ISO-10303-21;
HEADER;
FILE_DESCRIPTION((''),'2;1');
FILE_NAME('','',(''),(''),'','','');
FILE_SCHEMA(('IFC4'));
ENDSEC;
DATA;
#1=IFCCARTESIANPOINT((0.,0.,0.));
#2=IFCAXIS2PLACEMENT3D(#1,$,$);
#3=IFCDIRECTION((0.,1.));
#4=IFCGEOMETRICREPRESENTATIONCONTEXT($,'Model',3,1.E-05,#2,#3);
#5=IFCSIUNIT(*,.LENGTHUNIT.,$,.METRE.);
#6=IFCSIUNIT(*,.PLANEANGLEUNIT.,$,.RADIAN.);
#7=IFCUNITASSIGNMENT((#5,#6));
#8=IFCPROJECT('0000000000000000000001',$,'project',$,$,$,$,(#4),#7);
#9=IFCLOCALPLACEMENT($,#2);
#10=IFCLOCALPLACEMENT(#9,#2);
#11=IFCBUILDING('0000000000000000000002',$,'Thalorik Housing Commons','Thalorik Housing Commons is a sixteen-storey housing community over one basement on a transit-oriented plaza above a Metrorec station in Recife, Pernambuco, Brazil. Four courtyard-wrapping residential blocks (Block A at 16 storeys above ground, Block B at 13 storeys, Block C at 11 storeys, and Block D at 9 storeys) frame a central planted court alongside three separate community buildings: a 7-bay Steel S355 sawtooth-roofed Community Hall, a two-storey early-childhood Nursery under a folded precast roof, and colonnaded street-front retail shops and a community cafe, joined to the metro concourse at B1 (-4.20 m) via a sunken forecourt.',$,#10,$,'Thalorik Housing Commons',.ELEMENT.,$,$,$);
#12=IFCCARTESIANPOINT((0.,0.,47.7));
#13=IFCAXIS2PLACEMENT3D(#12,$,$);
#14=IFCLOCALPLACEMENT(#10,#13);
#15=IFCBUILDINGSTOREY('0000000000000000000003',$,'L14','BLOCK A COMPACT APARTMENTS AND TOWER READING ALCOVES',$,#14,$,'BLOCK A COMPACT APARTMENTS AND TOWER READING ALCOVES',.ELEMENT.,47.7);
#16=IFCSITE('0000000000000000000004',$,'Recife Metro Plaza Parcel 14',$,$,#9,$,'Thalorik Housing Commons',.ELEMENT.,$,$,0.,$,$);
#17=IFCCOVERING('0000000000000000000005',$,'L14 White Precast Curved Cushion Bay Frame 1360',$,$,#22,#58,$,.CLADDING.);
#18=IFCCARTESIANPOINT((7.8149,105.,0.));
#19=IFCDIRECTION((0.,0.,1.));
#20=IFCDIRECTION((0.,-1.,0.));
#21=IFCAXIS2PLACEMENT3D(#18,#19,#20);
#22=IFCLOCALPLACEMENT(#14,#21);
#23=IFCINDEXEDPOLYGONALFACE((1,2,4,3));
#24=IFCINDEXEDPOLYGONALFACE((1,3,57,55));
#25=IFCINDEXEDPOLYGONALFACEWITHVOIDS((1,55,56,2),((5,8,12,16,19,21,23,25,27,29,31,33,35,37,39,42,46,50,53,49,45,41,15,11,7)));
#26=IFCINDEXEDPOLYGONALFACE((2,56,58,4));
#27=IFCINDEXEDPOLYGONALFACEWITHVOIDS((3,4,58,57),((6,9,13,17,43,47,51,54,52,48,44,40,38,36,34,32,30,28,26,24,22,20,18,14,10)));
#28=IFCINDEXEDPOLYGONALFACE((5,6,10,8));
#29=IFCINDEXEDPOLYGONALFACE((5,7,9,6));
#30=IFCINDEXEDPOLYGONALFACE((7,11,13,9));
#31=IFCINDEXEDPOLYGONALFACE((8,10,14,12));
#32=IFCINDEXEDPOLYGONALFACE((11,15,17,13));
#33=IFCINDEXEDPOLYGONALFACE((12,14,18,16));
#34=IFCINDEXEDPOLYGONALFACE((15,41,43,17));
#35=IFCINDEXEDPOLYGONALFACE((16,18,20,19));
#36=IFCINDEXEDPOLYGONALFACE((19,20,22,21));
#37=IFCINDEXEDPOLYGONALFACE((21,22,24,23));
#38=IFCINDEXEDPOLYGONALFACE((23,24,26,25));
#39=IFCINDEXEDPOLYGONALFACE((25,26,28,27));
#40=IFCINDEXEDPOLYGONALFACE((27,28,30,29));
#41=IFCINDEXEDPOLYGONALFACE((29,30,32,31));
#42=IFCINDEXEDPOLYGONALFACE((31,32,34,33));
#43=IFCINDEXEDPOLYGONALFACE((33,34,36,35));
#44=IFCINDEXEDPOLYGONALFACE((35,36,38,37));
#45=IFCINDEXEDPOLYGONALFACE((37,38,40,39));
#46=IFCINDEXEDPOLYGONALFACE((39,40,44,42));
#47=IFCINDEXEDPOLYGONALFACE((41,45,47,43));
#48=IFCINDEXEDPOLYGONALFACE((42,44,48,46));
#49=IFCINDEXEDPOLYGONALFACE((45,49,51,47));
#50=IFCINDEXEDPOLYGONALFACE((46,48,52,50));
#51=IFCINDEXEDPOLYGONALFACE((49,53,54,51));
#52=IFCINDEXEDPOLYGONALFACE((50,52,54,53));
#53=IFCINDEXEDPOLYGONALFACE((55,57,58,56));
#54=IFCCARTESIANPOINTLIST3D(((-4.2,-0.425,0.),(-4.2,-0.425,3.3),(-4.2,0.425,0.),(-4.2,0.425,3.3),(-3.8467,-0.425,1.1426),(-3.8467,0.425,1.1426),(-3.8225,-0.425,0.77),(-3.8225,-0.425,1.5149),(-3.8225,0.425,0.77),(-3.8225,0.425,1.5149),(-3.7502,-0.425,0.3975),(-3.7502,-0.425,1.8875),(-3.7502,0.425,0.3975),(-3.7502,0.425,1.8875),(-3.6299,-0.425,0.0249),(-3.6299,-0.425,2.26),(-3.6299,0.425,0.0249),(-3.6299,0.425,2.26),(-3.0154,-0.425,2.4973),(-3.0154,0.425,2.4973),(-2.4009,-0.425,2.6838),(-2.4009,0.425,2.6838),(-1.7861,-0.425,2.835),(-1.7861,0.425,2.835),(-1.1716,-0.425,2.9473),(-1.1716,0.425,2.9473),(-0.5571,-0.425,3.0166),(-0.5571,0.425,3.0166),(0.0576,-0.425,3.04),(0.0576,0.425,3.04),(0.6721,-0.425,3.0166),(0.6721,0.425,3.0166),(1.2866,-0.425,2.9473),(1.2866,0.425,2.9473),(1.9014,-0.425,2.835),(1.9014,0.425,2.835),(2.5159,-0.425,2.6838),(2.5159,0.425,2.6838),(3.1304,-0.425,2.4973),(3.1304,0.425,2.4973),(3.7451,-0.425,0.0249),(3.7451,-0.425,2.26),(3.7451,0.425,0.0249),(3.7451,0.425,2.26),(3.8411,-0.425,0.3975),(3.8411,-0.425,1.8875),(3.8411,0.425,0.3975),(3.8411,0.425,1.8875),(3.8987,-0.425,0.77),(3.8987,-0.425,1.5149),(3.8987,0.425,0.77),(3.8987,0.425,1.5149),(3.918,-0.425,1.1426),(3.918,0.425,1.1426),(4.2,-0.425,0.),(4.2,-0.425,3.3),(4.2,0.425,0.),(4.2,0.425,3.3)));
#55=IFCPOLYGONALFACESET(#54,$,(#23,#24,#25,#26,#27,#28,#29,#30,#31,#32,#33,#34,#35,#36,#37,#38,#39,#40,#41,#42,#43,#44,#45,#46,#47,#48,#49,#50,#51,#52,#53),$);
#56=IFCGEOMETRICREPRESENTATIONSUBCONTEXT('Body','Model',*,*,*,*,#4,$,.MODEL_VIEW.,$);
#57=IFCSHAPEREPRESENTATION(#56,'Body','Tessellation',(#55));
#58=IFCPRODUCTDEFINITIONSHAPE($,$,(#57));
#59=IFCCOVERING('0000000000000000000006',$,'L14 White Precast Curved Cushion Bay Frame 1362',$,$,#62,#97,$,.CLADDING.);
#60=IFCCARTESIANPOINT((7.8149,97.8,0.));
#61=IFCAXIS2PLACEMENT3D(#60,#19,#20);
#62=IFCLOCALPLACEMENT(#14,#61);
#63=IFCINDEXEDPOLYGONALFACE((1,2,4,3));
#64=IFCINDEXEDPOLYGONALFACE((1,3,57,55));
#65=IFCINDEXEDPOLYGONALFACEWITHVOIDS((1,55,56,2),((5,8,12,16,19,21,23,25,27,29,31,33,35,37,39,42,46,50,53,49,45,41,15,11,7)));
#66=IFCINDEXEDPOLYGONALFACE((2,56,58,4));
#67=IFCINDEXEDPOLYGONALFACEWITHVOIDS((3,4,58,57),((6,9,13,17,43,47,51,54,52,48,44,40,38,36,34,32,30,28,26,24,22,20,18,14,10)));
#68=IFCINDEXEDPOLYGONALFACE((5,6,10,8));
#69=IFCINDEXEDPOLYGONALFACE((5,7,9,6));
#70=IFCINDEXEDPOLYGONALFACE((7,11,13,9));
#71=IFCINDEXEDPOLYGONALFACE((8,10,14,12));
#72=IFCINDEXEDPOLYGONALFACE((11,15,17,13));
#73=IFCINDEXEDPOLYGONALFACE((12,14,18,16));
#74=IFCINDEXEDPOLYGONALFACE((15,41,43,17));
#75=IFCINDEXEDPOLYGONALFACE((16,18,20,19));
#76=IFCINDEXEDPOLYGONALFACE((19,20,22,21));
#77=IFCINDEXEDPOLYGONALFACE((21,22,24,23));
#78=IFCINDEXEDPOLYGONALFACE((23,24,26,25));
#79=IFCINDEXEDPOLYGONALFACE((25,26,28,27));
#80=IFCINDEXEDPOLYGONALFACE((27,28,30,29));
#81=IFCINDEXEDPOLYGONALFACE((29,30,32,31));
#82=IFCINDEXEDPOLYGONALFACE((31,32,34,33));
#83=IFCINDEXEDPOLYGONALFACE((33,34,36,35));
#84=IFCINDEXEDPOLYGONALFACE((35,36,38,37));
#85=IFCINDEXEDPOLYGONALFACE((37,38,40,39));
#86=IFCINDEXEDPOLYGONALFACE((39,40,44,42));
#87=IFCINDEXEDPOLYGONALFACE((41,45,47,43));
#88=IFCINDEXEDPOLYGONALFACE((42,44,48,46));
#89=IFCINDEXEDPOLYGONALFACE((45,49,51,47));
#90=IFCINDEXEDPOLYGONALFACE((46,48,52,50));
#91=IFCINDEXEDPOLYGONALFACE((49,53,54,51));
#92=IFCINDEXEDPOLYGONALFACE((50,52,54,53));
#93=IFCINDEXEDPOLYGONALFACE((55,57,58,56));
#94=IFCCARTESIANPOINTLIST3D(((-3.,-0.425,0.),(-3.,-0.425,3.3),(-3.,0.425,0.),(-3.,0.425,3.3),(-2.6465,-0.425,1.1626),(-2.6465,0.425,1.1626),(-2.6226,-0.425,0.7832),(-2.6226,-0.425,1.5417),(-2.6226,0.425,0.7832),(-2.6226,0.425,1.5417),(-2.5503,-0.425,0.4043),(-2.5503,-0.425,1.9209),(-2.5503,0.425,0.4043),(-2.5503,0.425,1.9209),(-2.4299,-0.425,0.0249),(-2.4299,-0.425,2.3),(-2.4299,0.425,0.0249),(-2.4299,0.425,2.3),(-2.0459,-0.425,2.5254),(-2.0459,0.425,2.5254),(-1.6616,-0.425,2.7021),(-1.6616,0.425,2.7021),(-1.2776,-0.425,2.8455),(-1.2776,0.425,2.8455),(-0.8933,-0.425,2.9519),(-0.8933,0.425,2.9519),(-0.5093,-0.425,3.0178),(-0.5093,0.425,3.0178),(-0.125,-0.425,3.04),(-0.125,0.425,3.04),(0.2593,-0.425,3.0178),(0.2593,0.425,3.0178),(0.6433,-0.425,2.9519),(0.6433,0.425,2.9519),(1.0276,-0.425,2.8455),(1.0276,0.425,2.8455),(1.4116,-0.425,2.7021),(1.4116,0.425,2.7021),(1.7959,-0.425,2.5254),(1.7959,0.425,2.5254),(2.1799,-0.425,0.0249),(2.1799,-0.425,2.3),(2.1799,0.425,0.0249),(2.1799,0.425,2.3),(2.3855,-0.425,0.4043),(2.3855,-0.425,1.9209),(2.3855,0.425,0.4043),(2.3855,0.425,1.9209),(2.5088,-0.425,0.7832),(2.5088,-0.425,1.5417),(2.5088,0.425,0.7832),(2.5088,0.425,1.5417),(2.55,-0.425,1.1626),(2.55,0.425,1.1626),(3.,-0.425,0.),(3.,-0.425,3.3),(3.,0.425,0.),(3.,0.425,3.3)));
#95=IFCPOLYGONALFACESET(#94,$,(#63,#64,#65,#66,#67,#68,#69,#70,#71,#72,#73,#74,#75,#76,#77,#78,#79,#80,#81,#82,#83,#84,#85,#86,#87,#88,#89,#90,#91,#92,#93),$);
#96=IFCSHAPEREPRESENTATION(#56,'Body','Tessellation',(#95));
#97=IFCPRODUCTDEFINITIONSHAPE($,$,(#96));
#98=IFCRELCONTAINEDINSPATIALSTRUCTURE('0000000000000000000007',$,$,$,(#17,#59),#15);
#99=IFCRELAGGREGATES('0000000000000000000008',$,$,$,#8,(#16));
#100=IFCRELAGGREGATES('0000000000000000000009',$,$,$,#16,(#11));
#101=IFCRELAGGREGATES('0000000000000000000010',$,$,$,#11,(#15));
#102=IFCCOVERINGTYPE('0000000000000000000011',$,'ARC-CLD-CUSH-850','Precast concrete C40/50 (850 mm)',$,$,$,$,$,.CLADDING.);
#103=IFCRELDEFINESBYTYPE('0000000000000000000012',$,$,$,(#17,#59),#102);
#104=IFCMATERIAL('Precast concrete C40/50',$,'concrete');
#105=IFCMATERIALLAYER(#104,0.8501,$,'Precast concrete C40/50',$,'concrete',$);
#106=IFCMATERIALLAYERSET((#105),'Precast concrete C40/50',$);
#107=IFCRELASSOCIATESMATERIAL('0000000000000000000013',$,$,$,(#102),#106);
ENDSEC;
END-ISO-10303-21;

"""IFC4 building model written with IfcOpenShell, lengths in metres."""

from ifc_helpers import new_model, si_unit, direction, frame, origin, place, context, subcontext, project, spatial, polyline, outline, extrude, material, layer, layer_set, type_object, element, save


model = new_model("IFC4")

# Units and contexts
model_context = context("Model", 3, precision=1e-05, world=origin(), true_north=direction((0.0, 1.0)))
body_context = subcontext(model_context, "Body", "Model", "MODEL_VIEW")
ifc_project = project(units=[si_unit("LENGTHUNIT", "METRE"), si_unit("PLANEANGLEUNIT", "RADIAN")], contexts=[model_context])

# Site, building, storey
site_placement = place(None, origin())
site = spatial("IfcSite", under=ifc_project, at=site_placement, Name="Recife Metro Plaza Parcel 14", LongName="Thalorik Housing Commons", CompositionType="ELEMENT", RefElevation=0.0)
building_placement = place(site_placement, origin())
building = spatial("IfcBuilding", under=site, at=building_placement, Name="Thalorik Housing Commons", Description="Thalorik Housing Commons is a sixteen-storey housing community over one basement on a transit-oriented plaza above a Metrorec station in Recife, Pernambuco, Brazil. Four courtyard-wrapping residential blocks (Block A at 16 storeys above ground, Block B at 13 storeys, Block C at 11 storeys, and Block D at 9 storeys) frame a central planted court alongside three separate community buildings: a 7-bay Steel S355 sawtooth-roofed Community Hall, a two-storey early-childhood Nursery under a folded precast roof, and colonnaded street-front retail shops and a community cafe, joined to the metro concourse at B1 (-4.20 m) via a sunken forecourt.", LongName="Thalorik Housing Commons", CompositionType="ELEMENT")
storey_placement = place(building_placement, frame((0.0, 0.0, 47.7)))
storey = spatial("IfcBuildingStorey", under=building, at=storey_placement, Name="L14", Description="BLOCK A COMPACT APARTMENTS AND TOWER READING ALCOVES", LongName="BLOCK A COMPACT APARTMENTS AND TOWER READING ALCOVES", CompositionType="ELEMENT", Elevation=47.7)

# Shared definitions
ifc_material_1 = material(Name="Precast concrete C40/50", Category="concrete")

# Coverings
ifc_layer_1 = layer(ifc_material_1, 0.8501, Name="Precast concrete C40/50", Category="concrete")
ifc_layer_set_1 = layer_set([ifc_layer_1], Name="Precast concrete C40/50")
covering_type_1 = type_object("IfcCoveringType", Name="ARC-CLD-CUSH-850", Description="Precast concrete C40/50 (850 mm)", PredefinedType="CLADDING", material=ifc_layer_set_1)
covering_1_placement = place(storey_placement, frame((7.8149, 105.0, 0.0), z_axis=(0.0, 0.0, 1.0), x_axis=(0.0, -1.0, 0.0)))
element("IfcCovering", 1, at=covering_1_placement, inside=storey, type_object=covering_type_1, Name="L14 White Precast Curved Cushion Bay Frame 1360", PredefinedType="CLADDING", context=body_context, shape_type="SweptSolid", body=[
    extrude(outline(polyline([(-4.2, 0.0), (4.2, 0.0), (4.2, 3.3), (-4.2, 3.3), (-4.2, 0.0)]), holes=[polyline([(3.7451, 0.0249), (3.8411, 0.3975), (3.8987, 0.77), (3.918, 1.1426), (3.8987, 1.5149), (3.8411, 1.8875), (3.7451, 2.26), (3.1304, 2.4973), (2.5159, 2.6838), (1.9014, 2.835), (1.2866, 2.9473), (0.6721, 3.0166), (0.0576, 3.04), (-0.5571, 3.0166), (-1.1716, 2.9473), (-1.7861, 2.835), (-2.4009, 2.6838), (-3.0154, 2.4973), (-3.6299, 2.26), (-3.7502, 1.8875), (-3.8225, 1.5149), (-3.8467, 1.1426), (-3.8225, 0.77), (-3.7502, 0.3975), (-3.6299, 0.0249), (3.7451, 0.0249)])]), frame((0.0, 0.425, 0.0), z_axis=(0.0, -1.0, 0.0), x_axis=(1.0, 0.0, 0.0)), (0.0, 0.0, 1.0), 0.8501),
])
covering_2_placement = place(storey_placement, frame((7.8149, 97.8, 0.0), z_axis=(0.0, 0.0, 1.0), x_axis=(0.0, -1.0, 0.0)))
element("IfcCovering", 2, at=covering_2_placement, inside=storey, type_object=covering_type_1, Name="L14 White Precast Curved Cushion Bay Frame 1362", PredefinedType="CLADDING", context=body_context, shape_type="SweptSolid", body=[
    extrude(outline(polyline([(-3.0, 0.0), (3.0, 0.0), (3.0, 3.3), (-3.0, 3.3), (-3.0, 0.0)]), holes=[polyline([(2.1799, 0.0249), (2.3855, 0.4043), (2.5088, 0.7832), (2.55, 1.1626), (2.5088, 1.5417), (2.3855, 1.9209), (2.1799, 2.3), (1.7959, 2.5254), (1.4116, 2.7021), (1.0276, 2.8455), (0.6433, 2.9519), (0.2593, 3.0178), (-0.125, 3.04), (-0.5093, 3.0178), (-0.8933, 2.9519), (-1.2776, 2.8455), (-1.6616, 2.7021), (-2.0459, 2.5254), (-2.4299, 2.3), (-2.5503, 1.9209), (-2.6226, 1.5417), (-2.6465, 1.1626), (-2.6226, 0.7832), (-2.5503, 0.4043), (-2.4299, 0.0249), (2.1799, 0.0249)])]), frame((0.0, 0.425, 0.0), z_axis=(0.0, -1.0, 0.0), x_axis=(1.0, 0.0, 0.0)), (0.0, 0.0, 1.0), 0.8501),
])

save(model, "model.ifc")
